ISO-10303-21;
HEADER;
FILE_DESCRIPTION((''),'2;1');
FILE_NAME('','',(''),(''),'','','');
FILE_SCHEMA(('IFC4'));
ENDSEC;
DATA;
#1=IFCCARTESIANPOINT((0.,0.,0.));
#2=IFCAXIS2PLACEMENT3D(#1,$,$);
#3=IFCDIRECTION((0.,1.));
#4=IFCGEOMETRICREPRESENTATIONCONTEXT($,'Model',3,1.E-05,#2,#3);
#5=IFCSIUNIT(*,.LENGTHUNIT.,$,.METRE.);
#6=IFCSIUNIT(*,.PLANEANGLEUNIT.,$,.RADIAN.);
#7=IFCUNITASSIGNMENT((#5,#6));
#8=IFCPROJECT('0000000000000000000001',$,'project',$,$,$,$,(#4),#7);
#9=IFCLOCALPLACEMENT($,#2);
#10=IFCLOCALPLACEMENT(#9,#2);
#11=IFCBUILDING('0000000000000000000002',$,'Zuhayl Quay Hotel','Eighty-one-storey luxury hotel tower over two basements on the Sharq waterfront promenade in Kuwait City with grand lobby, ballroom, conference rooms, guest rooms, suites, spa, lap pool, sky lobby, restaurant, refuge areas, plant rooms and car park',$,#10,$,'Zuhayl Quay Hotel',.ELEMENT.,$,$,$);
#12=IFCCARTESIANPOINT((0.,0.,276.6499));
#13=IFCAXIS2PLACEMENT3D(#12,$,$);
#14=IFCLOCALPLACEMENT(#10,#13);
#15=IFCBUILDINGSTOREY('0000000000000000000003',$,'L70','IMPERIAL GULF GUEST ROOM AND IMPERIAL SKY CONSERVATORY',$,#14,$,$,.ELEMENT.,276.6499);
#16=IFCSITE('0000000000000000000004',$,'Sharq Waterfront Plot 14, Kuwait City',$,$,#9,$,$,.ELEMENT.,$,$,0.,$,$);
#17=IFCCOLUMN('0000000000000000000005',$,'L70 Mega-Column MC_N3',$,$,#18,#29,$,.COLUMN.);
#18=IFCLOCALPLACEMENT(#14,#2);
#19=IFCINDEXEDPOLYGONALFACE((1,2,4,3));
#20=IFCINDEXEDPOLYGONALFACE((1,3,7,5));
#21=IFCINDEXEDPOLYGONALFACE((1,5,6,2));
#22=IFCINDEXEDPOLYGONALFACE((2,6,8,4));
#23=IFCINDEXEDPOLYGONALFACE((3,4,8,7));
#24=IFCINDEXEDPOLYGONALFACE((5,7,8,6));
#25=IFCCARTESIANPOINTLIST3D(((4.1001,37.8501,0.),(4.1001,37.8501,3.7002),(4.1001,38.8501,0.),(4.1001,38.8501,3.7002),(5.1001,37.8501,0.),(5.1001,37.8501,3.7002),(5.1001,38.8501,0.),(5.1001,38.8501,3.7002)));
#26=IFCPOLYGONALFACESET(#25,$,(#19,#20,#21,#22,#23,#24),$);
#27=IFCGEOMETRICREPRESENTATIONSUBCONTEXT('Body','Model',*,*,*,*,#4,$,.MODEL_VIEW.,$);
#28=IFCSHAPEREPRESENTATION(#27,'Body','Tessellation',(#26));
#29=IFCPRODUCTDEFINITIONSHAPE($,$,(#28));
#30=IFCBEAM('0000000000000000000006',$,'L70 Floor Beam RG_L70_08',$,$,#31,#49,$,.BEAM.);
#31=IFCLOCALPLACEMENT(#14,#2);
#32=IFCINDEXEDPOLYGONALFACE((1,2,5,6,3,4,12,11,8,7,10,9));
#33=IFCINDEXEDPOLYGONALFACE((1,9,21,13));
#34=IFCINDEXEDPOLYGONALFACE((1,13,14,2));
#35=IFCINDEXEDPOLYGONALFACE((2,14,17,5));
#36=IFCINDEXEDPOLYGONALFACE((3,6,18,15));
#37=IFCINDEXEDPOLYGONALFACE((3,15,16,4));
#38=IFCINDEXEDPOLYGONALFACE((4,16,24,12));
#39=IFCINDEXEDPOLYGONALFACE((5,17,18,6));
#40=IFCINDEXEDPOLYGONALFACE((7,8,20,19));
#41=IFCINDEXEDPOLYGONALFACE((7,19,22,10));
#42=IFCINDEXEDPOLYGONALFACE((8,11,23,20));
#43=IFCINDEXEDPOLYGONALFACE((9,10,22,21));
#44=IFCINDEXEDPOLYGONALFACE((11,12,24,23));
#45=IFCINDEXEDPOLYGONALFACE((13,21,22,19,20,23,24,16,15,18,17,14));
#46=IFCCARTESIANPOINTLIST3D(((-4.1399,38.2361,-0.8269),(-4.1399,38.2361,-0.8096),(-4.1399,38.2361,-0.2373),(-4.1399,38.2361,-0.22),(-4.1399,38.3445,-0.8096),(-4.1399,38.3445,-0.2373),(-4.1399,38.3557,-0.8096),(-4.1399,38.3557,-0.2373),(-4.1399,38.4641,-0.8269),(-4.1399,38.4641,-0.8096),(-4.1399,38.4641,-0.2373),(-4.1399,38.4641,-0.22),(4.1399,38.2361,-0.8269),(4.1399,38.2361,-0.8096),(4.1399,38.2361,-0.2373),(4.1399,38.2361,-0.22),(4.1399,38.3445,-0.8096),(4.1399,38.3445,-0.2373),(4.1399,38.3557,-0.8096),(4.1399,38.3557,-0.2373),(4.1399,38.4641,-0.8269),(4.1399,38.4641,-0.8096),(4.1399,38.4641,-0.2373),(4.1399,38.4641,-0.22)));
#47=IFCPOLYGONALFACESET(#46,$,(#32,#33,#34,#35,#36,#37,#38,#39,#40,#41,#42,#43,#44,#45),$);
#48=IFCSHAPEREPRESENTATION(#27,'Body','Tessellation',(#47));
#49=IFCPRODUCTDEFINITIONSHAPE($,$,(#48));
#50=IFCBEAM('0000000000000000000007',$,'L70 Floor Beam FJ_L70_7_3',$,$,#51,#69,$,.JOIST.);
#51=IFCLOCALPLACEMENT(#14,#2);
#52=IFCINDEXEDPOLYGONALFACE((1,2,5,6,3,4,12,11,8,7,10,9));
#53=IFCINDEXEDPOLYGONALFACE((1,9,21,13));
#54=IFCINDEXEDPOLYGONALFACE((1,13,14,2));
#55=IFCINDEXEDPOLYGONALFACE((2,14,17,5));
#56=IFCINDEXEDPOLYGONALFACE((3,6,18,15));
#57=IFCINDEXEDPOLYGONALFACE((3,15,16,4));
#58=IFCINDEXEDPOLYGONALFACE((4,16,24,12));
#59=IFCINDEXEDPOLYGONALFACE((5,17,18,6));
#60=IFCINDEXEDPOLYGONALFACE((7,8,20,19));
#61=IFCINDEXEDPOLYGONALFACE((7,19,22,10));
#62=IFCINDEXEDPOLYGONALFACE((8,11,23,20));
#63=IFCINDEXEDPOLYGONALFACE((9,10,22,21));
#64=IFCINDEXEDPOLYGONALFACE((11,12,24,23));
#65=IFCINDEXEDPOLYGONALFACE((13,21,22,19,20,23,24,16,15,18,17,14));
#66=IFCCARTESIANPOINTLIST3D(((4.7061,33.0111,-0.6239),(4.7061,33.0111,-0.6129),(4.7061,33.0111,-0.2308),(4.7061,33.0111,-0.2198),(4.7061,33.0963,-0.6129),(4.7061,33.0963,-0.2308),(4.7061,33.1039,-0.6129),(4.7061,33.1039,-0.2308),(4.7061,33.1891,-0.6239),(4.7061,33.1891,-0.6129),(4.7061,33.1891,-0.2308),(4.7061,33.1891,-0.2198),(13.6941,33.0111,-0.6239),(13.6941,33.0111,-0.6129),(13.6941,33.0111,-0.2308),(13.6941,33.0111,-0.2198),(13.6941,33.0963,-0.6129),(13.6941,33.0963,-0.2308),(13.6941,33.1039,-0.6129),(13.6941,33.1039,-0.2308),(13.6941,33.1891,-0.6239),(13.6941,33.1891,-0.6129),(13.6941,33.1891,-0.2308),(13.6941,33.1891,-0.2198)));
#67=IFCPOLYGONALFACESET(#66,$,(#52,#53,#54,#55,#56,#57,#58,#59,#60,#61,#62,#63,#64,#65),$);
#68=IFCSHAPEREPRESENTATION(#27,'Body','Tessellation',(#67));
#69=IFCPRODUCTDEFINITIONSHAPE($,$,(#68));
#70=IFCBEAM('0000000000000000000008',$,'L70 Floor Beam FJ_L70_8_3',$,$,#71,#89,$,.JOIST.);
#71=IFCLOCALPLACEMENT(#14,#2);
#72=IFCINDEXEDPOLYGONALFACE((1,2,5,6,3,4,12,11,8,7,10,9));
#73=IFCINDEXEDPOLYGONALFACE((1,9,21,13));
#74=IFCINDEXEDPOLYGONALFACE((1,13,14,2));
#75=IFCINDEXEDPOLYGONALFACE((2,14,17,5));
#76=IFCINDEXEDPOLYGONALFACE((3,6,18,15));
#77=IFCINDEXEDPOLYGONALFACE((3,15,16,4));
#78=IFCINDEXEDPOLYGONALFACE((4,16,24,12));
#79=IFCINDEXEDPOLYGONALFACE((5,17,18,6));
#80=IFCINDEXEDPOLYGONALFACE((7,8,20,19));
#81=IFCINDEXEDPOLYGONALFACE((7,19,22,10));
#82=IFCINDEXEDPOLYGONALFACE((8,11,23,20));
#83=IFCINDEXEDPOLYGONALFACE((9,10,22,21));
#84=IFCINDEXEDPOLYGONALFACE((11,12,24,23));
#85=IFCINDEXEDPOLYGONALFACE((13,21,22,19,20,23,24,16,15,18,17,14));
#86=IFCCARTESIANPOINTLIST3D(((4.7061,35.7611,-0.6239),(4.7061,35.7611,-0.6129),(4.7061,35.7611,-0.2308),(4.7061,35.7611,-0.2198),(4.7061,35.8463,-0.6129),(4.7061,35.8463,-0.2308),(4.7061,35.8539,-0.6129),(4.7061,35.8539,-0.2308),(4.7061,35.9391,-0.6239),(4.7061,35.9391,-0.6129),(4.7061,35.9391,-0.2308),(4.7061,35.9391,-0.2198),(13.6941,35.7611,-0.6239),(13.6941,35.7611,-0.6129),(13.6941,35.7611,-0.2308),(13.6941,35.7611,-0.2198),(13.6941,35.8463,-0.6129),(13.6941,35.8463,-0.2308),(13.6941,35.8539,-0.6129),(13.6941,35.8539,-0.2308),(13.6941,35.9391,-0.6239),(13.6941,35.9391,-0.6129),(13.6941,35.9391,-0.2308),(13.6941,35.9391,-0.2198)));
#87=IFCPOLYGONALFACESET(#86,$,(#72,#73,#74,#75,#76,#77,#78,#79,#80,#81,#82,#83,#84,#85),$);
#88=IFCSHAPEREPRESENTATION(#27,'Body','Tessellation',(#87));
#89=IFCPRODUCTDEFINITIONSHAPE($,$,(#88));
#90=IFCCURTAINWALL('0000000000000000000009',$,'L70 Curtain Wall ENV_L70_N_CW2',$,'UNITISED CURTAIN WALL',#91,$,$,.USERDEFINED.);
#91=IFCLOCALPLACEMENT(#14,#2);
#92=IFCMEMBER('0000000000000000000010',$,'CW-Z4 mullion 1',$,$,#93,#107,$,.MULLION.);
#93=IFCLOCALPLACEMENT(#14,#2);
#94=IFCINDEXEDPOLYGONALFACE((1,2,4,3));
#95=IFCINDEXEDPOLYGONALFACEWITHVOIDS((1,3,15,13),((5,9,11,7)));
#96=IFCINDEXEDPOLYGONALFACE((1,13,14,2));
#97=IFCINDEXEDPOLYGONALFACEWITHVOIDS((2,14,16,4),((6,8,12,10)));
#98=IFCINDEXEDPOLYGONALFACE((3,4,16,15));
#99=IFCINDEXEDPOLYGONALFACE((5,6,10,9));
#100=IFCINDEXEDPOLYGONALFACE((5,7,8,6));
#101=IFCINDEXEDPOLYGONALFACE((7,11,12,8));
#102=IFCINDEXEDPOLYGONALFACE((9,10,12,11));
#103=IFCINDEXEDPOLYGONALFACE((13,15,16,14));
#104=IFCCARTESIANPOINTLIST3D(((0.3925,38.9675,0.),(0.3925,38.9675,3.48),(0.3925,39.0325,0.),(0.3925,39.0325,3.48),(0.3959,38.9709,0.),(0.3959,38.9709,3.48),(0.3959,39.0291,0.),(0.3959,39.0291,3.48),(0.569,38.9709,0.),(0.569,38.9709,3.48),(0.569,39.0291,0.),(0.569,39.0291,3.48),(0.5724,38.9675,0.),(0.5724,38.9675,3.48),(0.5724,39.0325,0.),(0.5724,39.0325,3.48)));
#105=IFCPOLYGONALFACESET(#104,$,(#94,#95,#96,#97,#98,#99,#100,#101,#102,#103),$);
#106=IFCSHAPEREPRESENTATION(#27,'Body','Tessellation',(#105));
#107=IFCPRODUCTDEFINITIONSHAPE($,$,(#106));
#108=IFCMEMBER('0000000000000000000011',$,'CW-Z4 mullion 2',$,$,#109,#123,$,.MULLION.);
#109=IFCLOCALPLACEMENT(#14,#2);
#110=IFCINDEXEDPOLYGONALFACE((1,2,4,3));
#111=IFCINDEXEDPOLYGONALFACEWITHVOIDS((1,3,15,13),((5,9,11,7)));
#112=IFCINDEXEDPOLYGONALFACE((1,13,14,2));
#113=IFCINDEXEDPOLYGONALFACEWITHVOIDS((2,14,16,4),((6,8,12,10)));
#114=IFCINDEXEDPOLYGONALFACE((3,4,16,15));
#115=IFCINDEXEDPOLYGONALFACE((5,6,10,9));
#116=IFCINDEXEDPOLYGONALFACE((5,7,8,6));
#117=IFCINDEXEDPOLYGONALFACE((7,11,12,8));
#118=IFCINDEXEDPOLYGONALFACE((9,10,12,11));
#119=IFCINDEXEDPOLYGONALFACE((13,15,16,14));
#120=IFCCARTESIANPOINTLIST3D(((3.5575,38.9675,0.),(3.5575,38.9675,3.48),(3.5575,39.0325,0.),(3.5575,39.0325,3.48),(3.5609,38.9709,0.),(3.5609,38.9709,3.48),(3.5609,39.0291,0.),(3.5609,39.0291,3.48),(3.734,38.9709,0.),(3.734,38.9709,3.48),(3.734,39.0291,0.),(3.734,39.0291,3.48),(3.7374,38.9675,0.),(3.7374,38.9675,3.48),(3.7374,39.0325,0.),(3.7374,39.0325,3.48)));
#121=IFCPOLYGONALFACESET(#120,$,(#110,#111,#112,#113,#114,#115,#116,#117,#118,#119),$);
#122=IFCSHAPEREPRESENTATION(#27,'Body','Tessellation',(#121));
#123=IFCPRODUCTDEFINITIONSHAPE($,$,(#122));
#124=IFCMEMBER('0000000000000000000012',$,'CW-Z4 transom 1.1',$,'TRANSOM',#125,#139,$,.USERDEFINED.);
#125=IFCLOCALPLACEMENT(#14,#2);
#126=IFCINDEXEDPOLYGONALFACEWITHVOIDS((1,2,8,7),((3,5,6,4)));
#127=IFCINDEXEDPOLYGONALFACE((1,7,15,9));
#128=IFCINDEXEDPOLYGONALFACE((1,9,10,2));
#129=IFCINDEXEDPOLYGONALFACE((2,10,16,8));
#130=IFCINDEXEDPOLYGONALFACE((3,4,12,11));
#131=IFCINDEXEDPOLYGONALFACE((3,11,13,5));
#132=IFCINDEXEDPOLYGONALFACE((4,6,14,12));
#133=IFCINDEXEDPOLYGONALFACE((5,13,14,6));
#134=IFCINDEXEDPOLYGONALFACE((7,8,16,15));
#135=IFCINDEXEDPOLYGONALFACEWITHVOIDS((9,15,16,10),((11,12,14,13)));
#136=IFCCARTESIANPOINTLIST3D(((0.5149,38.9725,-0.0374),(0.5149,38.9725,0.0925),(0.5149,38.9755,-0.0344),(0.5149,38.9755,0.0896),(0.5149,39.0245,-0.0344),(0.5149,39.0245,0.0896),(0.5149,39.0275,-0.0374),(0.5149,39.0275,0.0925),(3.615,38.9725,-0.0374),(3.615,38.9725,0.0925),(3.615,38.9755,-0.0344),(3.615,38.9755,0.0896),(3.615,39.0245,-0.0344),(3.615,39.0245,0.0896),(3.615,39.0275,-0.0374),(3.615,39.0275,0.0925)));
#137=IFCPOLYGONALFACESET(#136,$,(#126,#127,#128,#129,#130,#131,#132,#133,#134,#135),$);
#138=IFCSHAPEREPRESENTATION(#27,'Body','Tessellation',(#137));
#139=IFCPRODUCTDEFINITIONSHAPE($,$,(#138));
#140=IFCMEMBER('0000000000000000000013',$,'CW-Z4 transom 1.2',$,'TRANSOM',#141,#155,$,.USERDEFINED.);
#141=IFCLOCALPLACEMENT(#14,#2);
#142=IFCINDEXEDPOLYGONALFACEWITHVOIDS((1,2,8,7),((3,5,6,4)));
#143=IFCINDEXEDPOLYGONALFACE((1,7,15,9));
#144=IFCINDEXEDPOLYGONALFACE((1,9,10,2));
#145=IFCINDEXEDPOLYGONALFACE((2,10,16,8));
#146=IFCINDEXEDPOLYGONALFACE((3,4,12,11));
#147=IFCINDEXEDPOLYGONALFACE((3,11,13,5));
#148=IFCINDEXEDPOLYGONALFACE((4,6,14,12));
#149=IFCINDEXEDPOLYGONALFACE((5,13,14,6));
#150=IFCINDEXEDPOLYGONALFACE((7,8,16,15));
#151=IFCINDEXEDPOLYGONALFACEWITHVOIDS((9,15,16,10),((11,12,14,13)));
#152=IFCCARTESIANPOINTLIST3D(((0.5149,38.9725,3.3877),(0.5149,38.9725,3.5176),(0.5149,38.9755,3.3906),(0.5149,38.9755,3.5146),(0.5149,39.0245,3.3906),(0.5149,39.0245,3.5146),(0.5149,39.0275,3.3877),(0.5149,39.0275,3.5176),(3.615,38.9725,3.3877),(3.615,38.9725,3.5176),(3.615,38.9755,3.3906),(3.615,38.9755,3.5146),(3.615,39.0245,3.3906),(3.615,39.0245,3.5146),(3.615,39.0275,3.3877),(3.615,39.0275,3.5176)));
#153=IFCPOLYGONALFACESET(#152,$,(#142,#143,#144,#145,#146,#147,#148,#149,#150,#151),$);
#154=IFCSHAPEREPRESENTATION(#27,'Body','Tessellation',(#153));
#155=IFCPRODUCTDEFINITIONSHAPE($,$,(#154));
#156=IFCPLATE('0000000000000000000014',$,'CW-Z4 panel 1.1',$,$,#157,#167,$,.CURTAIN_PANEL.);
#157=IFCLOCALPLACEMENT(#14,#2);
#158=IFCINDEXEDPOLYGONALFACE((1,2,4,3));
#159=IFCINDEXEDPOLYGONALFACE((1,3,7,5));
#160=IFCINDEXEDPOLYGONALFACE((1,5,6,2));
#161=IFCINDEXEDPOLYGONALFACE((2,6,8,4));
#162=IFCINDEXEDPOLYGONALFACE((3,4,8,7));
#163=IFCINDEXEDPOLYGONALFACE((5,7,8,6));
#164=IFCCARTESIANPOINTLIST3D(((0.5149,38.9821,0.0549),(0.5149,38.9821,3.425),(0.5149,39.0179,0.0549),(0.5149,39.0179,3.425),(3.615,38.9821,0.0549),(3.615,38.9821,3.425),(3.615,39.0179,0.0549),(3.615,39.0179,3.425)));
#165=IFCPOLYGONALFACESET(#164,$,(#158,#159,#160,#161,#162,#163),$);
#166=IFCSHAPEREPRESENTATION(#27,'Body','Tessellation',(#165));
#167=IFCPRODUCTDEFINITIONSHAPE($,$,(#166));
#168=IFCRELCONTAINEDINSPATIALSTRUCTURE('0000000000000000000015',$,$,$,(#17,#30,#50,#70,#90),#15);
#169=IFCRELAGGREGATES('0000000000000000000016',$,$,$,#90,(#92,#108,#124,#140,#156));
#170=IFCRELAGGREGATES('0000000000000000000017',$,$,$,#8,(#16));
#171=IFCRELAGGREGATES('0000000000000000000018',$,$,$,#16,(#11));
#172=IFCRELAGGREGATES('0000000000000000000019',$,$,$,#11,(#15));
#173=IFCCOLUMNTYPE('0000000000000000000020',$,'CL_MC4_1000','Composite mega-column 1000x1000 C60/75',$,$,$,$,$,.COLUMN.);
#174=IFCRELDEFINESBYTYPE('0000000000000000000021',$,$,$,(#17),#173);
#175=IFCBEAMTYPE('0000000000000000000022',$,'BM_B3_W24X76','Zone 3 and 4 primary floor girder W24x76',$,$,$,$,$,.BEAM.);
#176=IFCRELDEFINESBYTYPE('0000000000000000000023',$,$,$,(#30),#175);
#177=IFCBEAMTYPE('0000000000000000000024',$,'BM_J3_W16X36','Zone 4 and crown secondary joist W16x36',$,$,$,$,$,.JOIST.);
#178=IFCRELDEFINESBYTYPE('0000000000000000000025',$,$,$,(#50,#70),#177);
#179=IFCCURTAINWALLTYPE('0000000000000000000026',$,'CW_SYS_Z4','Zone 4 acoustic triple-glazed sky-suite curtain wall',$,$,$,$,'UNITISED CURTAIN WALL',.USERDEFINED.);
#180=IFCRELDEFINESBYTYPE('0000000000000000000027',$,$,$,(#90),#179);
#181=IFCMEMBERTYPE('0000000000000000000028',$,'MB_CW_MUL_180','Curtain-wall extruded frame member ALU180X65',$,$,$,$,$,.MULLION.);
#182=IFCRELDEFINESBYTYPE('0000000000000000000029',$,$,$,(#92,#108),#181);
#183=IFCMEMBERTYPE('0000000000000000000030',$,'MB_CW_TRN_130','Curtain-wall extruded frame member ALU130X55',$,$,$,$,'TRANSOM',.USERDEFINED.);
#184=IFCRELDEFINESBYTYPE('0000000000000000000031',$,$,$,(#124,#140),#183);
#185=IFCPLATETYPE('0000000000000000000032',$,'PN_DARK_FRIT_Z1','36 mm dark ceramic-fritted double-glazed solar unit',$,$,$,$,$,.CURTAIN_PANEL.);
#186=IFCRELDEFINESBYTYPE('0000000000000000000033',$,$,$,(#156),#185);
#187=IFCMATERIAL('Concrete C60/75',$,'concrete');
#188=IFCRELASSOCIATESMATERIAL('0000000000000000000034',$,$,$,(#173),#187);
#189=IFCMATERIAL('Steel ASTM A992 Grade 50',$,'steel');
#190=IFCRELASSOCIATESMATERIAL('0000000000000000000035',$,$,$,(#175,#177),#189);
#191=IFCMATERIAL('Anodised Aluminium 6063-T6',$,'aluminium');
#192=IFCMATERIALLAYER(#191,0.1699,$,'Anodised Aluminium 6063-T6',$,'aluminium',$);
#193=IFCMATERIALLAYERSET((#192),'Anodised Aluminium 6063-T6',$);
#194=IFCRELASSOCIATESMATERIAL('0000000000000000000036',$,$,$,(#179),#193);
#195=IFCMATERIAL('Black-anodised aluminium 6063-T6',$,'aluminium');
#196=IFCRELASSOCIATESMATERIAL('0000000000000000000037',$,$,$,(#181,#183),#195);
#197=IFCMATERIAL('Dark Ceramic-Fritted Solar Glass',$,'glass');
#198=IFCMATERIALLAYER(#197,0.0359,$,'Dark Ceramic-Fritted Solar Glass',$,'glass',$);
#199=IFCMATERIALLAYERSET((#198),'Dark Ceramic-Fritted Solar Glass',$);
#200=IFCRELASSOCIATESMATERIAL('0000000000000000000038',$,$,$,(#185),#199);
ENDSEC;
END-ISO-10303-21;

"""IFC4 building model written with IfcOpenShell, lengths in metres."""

from ifc_helpers import new_model, si_unit, direction, frame, origin, origin_2d, place, context, subcontext, project, spatial, rectangle, hollow_rectangle, i_section, extrude, material, layer, layer_set, material_profile, profile_set, type_object, element, aggregate, save


model = new_model("IFC4")

# Units and contexts
model_context = context("Model", 3, precision=1e-05, world=origin(), true_north=direction((0.0, 1.0)))
body_context = subcontext(model_context, "Body", "Model", "MODEL_VIEW")
ifc_project = project(units=[si_unit("LENGTHUNIT", "METRE"), si_unit("PLANEANGLEUNIT", "RADIAN")], contexts=[model_context])

# Site, building, storey
site_placement = place(None, origin())
site = spatial("IfcSite", under=ifc_project, at=site_placement, Name="Sharq Waterfront Plot 14, Kuwait City", CompositionType="ELEMENT", RefElevation=0.0)
building_placement = place(site_placement, origin())
building = spatial("IfcBuilding", under=site, at=building_placement, Name="Zuhayl Quay Hotel", Description="Eighty-one-storey luxury hotel tower over two basements on the Sharq waterfront promenade in Kuwait City with grand lobby, ballroom, conference rooms, guest rooms, suites, spa, lap pool, sky lobby, restaurant, refuge areas, plant rooms and car park", LongName="Zuhayl Quay Hotel", CompositionType="ELEMENT")
storey_placement = place(building_placement, frame((0.0, 0.0, 276.6499)))
storey = spatial("IfcBuildingStorey", under=building, at=storey_placement, Name="L70", Description="IMPERIAL GULF GUEST ROOM AND IMPERIAL SKY CONSERVATORY", CompositionType="ELEMENT", Elevation=276.6499)

# Column
ifc_material_1 = material(Name="Concrete C60/75", Category="concrete")
ifc_material_profile_1 = material_profile(ifc_material_1, rectangle(XDim=1.0, YDim=1.0, at=origin_2d()), Name="RC1000X1000")
ifc_profile_set_1 = profile_set([ifc_material_profile_1], Name="Concrete C60/75")
column_type = type_object("IfcColumnType", Name="CL_MC4_1000", Description="Composite mega-column 1000x1000 C60/75", PredefinedType="COLUMN", material=ifc_profile_set_1)
column_placement = place(storey_placement, frame((4.6001, 38.3501, 0.0), z_axis=(0.0, 0.0, 1.0), x_axis=(1.0, 0.0, 0.0)))
element("IfcColumn", 1, at=column_placement, inside=storey, type_object=column_type, Name="L70 Mega-Column MC_N3", PredefinedType="COLUMN", context=body_context, shape_type="SweptSolid", body=[
    extrude(rectangle(XDim=1.0, YDim=1.0, at=origin_2d()), origin(), (0.0, 0.0, 1.0), 3.7002),
])

# Beams
ifc_material_2 = material(Name="Steel ASTM A992 Grade 50", Category="steel")
ifc_material_profile_2 = material_profile(ifc_material_2, i_section(OverallWidth=0.228, OverallDepth=0.6069, WebThickness=0.0112, FlangeThickness=0.0173, at=origin_2d()), Name="W24X76")
ifc_profile_set_2 = profile_set([ifc_material_profile_2], Name="Steel ASTM A992 Grade 50")
beam_type_1 = type_object("IfcBeamType", Name="BM_B3_W24X76", Description="Zone 3 and 4 primary floor girder W24x76", PredefinedType="BEAM", material=ifc_profile_set_2)
beam_placement = place(storey_placement, frame((4.1399, 38.3501, -0.5234), z_axis=(-1.0, 0.0, 0.0), x_axis=(0.0, -1.0, 0.0)))
element("IfcBeam", 2, at=beam_placement, inside=storey, type_object=beam_type_1, Name="L70 Floor Beam RG_L70_08", PredefinedType="BEAM", context=body_context, shape_type="SweptSolid", body=[
    extrude(i_section(OverallWidth=0.228, OverallDepth=0.6069, WebThickness=0.0112, FlangeThickness=0.0173, at=origin_2d()), origin(), (0.0, 0.0, 1.0), 8.2798),
])
ifc_material_profile_3 = material_profile(ifc_material_2, i_section(OverallWidth=0.178, OverallDepth=0.4041, WebThickness=0.0076, FlangeThickness=0.011, at=origin_2d()), Name="W16X36")
ifc_profile_set_3 = profile_set([ifc_material_profile_3], Name="Steel ASTM A992 Grade 50")
beam_type_2 = type_object("IfcBeamType", Name="BM_J3_W16X36", Description="Zone 4 and crown secondary joist W16x36", PredefinedType="JOIST", material=ifc_profile_set_3)
for number, where, z_axis, x_axis, name in (
    (3, (4.7061, 33.1001, -0.4219), (1.0, 0.0, 0.0), (0.0, 1.0, 0.0), "L70 Floor Beam FJ_L70_7_3"),
    (4, (4.7061, 35.8501, -0.4219), (1.0, 0.0, 0.0), (0.0, 1.0, 0.0), "L70 Floor Beam FJ_L70_8_3"),
):
    element("IfcBeam", number, at=place(storey_placement, frame(where, z_axis=z_axis, x_axis=x_axis)), inside=storey, type_object=beam_type_2, Name=name, PredefinedType="JOIST", context=body_context, shape_type="SweptSolid", body=[
        extrude(i_section(OverallWidth=0.178, OverallDepth=0.4041, WebThickness=0.0076, FlangeThickness=0.011, at=origin_2d()), origin(), (0.0, 0.0, 1.0), 8.988),
    ])

# Curtain wall, members, plate
ifc_material_3 = material(Name="Anodised Aluminium 6063-T6", Category="aluminium")
ifc_layer_1 = layer(ifc_material_3, 0.1699, Name="Anodised Aluminium 6063-T6", Category="aluminium")
ifc_layer_set_1 = layer_set([ifc_layer_1], Name="Anodised Aluminium 6063-T6")
curtain_wall_type = type_object("IfcCurtainWallType", Name="CW_SYS_Z4", Description="Zone 4 acoustic triple-glazed sky-suite curtain wall", ElementType="UNITISED CURTAIN WALL", PredefinedType="USERDEFINED", material=ifc_layer_set_1)
curtain_wall_placement = place(storey_placement, origin())
curtain_wall = element("IfcCurtainWall", 5, at=curtain_wall_placement, inside=storey, type_object=curtain_wall_type, Name="L70 Curtain Wall ENV_L70_N_CW2", ObjectType="UNITISED CURTAIN WALL", PredefinedType="USERDEFINED")
ifc_material_4 = material(Name="Black-anodised aluminium 6063-T6", Category="aluminium")
ifc_material_profile_4 = material_profile(ifc_material_4, hollow_rectangle(XDim=0.0649, YDim=0.1799, WallThickness=0.0034, at=origin_2d()), Name="ALU180X65")
ifc_profile_set_4 = profile_set([ifc_material_profile_4], Name="Black-anodised aluminium 6063-T6")
member_type_1 = type_object("IfcMemberType", Name="MB_CW_MUL_180", Description="Curtain-wall extruded frame member ALU180X65", PredefinedType="MULLION", material=ifc_profile_set_4)
member_1_placement = place(storey_placement, frame((0.4824, 39.0, 0.0), z_axis=(0.0, 0.0, 1.0), x_axis=(0.0, 1.0, 0.0)))
member_1 = element("IfcMember", 6, at=member_1_placement, type_object=member_type_1, Name="CW-Z4 mullion 1", PredefinedType="MULLION", context=body_context, shape_type="SweptSolid", body=[
    extrude(hollow_rectangle(XDim=0.0649, YDim=0.1799, WallThickness=0.0034, at=origin_2d()), origin(), (0.0, 0.0, 1.0), 3.48),
])
member_2_placement = place(storey_placement, frame((3.6475, 39.0, 0.0), z_axis=(0.0, 0.0, 1.0), x_axis=(0.0, 1.0, 0.0)))
member_2 = element("IfcMember", 7, at=member_2_placement, type_object=member_type_1, Name="CW-Z4 mullion 2", PredefinedType="MULLION", context=body_context, shape_type="SweptSolid", body=[
    extrude(hollow_rectangle(XDim=0.0649, YDim=0.1799, WallThickness=0.0034, at=origin_2d()), origin(), (0.0, 0.0, 1.0), 3.48),
])
ifc_material_profile_5 = material_profile(ifc_material_4, hollow_rectangle(XDim=0.0549, YDim=0.1299, WallThickness=0.0029, at=origin_2d()), Name="ALU130X55")
ifc_profile_set_5 = profile_set([ifc_material_profile_5], Name="Black-anodised aluminium 6063-T6")
member_type_2 = type_object("IfcMemberType", Name="MB_CW_TRN_130", Description="Curtain-wall extruded frame member ALU130X55", ElementType="TRANSOM", PredefinedType="USERDEFINED", material=ifc_profile_set_5)
member_3_placement = place(storey_placement, frame((0.5149, 39.0, 0.0276), z_axis=(1.0, 0.0, 0.0), x_axis=(0.0, 1.0, 0.0)))
member_3 = element("IfcMember", 8, at=member_3_placement, type_object=member_type_2, Name="CW-Z4 transom 1.1", ObjectType="TRANSOM", PredefinedType="USERDEFINED", context=body_context, shape_type="SweptSolid", body=[
    extrude(hollow_rectangle(XDim=0.0549, YDim=0.1299, WallThickness=0.0029, at=origin_2d()), origin(), (0.0, 0.0, 1.0), 3.1001),
])
member_4_placement = place(storey_placement, frame((0.5149, 39.0, 3.4526), z_axis=(1.0, 0.0, 0.0), x_axis=(0.0, 1.0, 0.0)))
member_4 = element("IfcMember", 9, at=member_4_placement, type_object=member_type_2, Name="CW-Z4 transom 1.2", ObjectType="TRANSOM", PredefinedType="USERDEFINED", context=body_context, shape_type="SweptSolid", body=[
    extrude(hollow_rectangle(XDim=0.0549, YDim=0.1299, WallThickness=0.0029, at=origin_2d()), origin(), (0.0, 0.0, 1.0), 3.1001),
])
ifc_material_5 = material(Name="Dark Ceramic-Fritted Solar Glass", Category="glass")
ifc_layer_2 = layer(ifc_material_5, 0.0359, Name="Dark Ceramic-Fritted Solar Glass", Category="glass")
ifc_layer_set_2 = layer_set([ifc_layer_2], Name="Dark Ceramic-Fritted Solar Glass")
plate_type = type_object("IfcPlateType", Name="PN_DARK_FRIT_Z1", Description="36 mm dark ceramic-fritted double-glazed solar unit", PredefinedType="CURTAIN_PANEL", material=ifc_layer_set_2)
plate_placement = place(storey_placement, frame((2.0649, 39.0, 0.0549), z_axis=(0.0, 0.0, 1.0), x_axis=(1.0, 0.0, 0.0)))
plate = element("IfcPlate", 10, at=plate_placement, type_object=plate_type, Name="CW-Z4 panel 1.1", PredefinedType="CURTAIN_PANEL", context=body_context, shape_type="SweptSolid", body=[
    extrude(rectangle(XDim=3.1001, YDim=0.0359, at=origin_2d()), origin(), (0.0, 0.0, 1.0), 3.3701),
])
aggregate(curtain_wall, [member_1, member_2, member_3, member_4, plate])

save(model, "model.ifc")
